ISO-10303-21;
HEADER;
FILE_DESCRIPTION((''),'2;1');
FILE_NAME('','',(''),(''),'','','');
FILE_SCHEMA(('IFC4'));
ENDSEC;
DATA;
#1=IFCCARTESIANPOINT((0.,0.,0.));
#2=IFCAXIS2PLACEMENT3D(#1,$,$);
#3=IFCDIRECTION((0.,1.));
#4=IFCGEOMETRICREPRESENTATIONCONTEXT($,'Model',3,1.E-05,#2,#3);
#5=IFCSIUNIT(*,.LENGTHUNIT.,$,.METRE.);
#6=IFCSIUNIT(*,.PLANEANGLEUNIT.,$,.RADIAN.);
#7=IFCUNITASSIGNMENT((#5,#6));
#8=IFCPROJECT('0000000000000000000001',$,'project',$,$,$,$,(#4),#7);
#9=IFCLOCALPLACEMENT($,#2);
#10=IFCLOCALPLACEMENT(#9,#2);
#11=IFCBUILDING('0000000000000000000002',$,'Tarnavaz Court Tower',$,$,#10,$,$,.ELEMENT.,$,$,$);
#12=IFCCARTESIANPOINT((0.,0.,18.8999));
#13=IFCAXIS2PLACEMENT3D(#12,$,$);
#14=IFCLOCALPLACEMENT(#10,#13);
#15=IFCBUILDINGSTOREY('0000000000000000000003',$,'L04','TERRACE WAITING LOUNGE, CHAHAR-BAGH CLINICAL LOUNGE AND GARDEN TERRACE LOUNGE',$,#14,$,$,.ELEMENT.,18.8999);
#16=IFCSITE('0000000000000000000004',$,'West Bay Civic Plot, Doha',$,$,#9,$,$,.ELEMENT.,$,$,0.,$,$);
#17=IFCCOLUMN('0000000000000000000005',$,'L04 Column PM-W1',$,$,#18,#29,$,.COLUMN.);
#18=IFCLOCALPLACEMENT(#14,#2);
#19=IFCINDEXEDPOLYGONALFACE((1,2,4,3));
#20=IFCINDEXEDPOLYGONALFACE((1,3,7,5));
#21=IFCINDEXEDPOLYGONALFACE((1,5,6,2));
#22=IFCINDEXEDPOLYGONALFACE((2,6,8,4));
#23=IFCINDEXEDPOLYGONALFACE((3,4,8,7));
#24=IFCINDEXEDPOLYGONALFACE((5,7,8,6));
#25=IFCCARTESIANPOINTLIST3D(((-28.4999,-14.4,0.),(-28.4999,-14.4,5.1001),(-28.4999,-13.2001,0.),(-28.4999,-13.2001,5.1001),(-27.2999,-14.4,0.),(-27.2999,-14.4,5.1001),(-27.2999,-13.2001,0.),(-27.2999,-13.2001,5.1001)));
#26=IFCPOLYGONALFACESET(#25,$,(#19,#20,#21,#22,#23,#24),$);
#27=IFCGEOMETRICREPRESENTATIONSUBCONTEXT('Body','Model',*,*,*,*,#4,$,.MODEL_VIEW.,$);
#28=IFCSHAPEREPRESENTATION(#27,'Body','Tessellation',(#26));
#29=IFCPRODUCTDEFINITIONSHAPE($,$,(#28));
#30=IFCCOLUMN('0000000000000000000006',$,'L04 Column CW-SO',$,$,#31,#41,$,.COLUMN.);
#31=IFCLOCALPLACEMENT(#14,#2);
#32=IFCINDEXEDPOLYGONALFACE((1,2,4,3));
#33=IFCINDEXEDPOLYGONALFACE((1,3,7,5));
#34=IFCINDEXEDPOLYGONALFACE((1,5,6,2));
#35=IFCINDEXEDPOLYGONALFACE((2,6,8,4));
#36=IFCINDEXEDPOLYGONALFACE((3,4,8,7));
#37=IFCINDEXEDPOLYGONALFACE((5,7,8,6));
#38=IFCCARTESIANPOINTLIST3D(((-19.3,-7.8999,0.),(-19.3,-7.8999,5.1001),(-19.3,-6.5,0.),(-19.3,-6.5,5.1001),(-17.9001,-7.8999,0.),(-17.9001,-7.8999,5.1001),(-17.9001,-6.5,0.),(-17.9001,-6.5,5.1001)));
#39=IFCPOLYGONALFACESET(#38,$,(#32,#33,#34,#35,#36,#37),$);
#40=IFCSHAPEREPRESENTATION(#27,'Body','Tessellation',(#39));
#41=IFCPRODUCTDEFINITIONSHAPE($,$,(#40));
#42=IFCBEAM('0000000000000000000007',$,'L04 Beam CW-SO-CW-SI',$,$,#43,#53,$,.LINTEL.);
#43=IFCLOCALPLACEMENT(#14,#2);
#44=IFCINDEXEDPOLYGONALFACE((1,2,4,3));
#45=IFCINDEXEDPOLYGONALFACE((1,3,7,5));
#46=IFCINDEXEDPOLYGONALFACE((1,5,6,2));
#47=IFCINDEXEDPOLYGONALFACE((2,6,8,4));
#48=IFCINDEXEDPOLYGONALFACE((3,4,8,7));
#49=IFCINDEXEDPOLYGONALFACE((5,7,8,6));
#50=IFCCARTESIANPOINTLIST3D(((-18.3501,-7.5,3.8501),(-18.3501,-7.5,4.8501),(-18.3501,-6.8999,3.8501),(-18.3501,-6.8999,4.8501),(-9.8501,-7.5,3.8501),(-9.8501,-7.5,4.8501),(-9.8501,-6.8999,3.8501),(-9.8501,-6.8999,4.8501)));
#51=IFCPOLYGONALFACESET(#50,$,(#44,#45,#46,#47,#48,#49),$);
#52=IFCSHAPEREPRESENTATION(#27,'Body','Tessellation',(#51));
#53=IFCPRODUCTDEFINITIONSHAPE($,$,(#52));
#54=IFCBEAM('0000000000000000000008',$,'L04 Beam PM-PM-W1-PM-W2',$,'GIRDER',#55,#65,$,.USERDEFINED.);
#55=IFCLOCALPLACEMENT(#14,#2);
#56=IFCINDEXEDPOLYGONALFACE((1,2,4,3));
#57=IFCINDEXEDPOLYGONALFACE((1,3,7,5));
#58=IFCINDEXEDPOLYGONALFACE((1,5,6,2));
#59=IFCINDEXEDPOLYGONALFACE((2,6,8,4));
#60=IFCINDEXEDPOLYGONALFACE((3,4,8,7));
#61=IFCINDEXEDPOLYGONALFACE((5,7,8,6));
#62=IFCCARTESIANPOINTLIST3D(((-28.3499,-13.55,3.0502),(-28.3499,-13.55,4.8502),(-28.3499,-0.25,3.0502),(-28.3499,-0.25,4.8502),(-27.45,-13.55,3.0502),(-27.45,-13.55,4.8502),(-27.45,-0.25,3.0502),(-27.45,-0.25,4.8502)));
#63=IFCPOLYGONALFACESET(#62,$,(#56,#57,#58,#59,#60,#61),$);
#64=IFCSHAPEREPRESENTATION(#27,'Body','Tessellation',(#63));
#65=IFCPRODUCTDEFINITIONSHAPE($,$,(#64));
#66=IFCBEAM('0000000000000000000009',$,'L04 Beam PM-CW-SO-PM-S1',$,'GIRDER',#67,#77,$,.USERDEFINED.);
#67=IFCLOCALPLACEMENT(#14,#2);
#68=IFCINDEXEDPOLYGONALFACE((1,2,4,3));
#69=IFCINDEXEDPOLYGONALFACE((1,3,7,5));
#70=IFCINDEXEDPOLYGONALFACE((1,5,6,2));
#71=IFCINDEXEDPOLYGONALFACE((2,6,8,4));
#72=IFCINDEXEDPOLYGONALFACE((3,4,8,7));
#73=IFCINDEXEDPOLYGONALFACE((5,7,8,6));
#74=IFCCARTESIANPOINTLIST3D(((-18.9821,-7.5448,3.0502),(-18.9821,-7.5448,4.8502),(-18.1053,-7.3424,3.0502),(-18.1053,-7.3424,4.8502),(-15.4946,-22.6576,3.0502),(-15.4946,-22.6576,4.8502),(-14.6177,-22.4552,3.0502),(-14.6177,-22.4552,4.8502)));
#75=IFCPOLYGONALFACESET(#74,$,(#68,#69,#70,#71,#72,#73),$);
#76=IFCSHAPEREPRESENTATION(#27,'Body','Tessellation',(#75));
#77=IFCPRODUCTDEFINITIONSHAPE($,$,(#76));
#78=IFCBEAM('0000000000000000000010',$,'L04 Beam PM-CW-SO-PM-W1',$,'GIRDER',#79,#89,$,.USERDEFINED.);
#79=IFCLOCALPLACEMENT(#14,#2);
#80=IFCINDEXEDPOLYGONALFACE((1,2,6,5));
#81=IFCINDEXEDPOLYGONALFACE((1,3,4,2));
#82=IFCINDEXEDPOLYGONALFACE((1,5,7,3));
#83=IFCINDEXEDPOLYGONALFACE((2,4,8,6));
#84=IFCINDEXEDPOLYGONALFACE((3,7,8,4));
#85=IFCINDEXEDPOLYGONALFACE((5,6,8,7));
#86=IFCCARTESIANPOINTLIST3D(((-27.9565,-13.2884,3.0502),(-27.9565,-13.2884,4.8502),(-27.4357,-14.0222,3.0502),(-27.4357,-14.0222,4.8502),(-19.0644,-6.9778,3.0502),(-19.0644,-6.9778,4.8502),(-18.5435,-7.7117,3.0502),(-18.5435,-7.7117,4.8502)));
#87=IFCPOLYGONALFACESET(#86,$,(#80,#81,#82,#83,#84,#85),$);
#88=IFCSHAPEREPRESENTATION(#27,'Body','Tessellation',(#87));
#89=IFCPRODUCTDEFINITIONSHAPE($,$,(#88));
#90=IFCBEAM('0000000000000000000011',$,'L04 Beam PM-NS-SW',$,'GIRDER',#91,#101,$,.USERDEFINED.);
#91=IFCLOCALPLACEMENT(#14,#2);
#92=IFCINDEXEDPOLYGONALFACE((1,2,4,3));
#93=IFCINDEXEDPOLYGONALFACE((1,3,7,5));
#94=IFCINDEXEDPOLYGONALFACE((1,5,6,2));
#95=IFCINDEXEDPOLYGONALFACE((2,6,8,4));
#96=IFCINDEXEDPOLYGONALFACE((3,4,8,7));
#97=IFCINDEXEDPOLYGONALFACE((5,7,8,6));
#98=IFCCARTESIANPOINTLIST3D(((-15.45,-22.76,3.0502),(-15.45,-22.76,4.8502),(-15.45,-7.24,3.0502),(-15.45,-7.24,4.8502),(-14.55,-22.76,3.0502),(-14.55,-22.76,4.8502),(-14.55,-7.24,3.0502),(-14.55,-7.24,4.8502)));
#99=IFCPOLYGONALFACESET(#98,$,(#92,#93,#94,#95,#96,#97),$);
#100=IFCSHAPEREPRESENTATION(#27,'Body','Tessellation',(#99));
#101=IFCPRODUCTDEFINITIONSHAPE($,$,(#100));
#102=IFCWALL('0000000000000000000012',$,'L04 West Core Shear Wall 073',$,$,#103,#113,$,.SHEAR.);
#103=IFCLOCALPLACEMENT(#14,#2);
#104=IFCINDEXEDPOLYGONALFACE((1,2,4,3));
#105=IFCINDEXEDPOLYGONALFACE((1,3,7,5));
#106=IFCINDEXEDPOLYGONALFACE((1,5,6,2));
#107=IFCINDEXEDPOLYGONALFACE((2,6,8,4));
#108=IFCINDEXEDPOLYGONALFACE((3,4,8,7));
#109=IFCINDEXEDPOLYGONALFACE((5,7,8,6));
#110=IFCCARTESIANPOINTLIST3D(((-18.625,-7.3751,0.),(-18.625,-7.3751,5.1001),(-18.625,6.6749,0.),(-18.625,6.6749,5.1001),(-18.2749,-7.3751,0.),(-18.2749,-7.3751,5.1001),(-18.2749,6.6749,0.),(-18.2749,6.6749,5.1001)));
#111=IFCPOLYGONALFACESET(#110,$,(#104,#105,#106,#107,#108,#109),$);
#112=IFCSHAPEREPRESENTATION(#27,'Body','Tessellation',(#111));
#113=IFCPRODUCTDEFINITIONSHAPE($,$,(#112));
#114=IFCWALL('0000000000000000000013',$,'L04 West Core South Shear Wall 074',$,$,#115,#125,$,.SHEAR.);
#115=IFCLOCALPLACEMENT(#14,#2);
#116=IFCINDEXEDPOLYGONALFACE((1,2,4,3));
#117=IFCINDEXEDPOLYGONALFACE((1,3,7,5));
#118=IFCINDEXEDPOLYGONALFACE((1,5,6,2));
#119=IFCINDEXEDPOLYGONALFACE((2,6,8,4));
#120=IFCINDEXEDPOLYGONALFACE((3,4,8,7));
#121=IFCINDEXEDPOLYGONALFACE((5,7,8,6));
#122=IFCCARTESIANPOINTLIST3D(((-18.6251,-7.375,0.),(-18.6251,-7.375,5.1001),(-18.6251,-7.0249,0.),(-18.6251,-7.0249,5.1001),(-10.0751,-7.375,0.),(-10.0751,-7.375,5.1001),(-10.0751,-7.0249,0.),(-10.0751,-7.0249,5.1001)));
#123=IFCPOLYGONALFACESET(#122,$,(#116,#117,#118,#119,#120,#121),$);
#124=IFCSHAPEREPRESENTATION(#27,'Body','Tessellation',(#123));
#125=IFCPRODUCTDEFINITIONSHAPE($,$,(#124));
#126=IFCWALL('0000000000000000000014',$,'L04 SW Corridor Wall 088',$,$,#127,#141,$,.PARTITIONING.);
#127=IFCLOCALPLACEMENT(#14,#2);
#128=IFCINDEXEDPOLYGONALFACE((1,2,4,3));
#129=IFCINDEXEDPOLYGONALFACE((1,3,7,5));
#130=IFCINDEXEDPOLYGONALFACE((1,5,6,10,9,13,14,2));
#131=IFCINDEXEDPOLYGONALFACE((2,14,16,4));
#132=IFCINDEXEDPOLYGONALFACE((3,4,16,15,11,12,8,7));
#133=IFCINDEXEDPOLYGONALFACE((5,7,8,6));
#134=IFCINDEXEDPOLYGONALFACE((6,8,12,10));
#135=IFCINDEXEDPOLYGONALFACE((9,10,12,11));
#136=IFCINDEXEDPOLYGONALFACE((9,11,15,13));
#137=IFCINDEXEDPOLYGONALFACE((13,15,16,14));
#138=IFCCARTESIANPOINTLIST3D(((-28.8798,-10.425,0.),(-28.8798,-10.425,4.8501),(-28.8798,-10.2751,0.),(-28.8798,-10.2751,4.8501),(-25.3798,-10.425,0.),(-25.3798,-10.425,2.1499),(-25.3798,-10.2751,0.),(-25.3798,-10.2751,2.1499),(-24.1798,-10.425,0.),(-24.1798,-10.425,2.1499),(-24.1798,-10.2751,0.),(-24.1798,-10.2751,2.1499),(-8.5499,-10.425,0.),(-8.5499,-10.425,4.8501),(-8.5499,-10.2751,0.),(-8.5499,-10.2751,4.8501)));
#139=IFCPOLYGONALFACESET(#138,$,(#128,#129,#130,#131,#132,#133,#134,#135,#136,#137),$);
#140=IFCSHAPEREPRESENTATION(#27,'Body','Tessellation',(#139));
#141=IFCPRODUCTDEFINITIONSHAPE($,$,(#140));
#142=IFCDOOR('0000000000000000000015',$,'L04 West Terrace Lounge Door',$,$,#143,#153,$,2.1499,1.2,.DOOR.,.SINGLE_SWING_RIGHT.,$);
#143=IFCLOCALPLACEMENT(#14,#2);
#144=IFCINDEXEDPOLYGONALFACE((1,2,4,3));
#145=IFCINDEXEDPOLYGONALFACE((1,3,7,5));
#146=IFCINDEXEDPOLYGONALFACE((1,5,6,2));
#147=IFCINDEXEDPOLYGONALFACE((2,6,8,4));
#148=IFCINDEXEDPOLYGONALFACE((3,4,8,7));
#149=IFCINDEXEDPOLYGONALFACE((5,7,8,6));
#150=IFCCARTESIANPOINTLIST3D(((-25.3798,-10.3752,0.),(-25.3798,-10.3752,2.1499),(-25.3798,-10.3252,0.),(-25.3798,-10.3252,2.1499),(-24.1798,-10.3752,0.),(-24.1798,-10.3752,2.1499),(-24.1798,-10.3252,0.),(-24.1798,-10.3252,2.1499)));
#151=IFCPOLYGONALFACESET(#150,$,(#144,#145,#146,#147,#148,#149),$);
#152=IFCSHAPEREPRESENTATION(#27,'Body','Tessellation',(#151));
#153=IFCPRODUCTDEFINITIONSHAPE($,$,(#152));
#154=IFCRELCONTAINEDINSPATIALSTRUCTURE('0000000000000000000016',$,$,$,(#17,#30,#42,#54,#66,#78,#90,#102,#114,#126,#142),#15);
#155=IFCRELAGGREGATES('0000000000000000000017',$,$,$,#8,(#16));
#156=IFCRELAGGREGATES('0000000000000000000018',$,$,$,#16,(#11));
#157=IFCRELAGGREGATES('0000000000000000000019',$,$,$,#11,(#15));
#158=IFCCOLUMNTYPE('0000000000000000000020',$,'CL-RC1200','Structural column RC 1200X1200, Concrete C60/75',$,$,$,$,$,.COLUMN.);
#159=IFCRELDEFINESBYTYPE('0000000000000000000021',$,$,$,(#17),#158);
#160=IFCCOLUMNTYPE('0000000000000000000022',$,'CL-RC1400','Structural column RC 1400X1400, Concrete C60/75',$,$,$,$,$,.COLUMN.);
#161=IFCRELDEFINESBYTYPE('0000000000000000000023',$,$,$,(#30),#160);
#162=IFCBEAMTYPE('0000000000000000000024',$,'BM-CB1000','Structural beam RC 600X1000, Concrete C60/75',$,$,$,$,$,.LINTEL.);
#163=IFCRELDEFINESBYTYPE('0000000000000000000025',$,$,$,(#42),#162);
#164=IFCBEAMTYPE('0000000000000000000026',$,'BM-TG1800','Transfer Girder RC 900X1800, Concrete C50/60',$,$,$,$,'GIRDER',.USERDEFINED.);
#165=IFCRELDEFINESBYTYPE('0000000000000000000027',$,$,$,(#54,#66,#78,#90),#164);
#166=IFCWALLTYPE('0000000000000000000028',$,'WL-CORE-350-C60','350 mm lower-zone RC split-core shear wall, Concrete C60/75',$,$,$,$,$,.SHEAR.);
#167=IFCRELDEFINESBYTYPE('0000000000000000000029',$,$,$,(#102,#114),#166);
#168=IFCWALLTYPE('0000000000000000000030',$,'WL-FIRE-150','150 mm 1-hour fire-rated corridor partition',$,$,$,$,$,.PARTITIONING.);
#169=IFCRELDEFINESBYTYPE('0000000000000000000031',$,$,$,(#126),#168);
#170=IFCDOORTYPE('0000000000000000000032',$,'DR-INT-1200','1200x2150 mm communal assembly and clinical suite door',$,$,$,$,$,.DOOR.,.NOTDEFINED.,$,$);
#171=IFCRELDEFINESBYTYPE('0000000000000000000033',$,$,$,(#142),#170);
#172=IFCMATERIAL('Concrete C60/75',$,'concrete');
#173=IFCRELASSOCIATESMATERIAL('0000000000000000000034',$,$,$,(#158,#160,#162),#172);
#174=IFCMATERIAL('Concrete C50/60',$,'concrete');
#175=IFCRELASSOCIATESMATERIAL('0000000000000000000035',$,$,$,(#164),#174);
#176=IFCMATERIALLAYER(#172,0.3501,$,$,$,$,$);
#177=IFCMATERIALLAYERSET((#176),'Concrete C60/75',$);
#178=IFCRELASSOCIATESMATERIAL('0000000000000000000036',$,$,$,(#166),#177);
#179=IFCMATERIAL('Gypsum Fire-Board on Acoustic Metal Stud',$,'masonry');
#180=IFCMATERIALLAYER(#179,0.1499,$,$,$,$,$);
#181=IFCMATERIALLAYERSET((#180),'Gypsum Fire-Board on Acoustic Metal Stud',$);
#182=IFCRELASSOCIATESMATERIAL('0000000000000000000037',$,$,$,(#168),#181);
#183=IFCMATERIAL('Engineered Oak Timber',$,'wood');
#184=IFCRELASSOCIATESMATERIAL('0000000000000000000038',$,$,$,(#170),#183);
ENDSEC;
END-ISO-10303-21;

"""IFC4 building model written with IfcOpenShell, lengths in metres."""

from ifc_helpers import new_model, si_unit, direction, frame, frame_2d, origin, origin_2d, place, context, subcontext, project, spatial, rectangle, extrude, material, layer, layer_set, material_profile, profile_set, type_object, element, fill, save


model = new_model("IFC4")

# Units and contexts
model_context = context("Model", 3, precision=1e-05, world=origin(), true_north=direction((0.0, 1.0)))
body_context = subcontext(model_context, "Body", "Model", "MODEL_VIEW")
ifc_project = project(units=[si_unit("LENGTHUNIT", "METRE"), si_unit("PLANEANGLEUNIT", "RADIAN")], contexts=[model_context])

# Site, building, storey
site_placement = place(None, origin())
site = spatial("IfcSite", under=ifc_project, at=site_placement, Name="West Bay Civic Plot, Doha", CompositionType="ELEMENT", RefElevation=0.0)
building_placement = place(site_placement, origin())
building = spatial("IfcBuilding", under=site, at=building_placement, Name="Tarnavaz Court Tower", CompositionType="ELEMENT")
storey_placement = place(building_placement, frame((0.0, 0.0, 18.8999)))
storey = spatial("IfcBuildingStorey", under=building, at=storey_placement, Name="L04", Description="TERRACE WAITING LOUNGE, CHAHAR-BAGH CLINICAL LOUNGE AND GARDEN TERRACE LOUNGE", CompositionType="ELEMENT", Elevation=18.8999)

# Columns
ifc_material_1 = material(Name="Concrete C60/75", Category="concrete")
ifc_material_profile_1 = material_profile(ifc_material_1, rectangle(XDim=1.2, YDim=1.2, at=origin_2d()), Name="RC 1200X1200")
ifc_profile_set_1 = profile_set([ifc_material_profile_1], Name="Concrete C60/75")
column_type_1 = type_object("IfcColumnType", Name="CL-RC1200", Description="Structural column RC 1200X1200, Concrete C60/75", PredefinedType="COLUMN", material=ifc_profile_set_1)
column_1_placement = place(storey_placement, frame((-27.8999, -13.8, 0.0), z_axis=(0.0, 0.0, 1.0), x_axis=(1.0, 0.0, 0.0)))
element("IfcColumn", 1, at=column_1_placement, inside=storey, type_object=column_type_1, Name="L04 Column PM-W1", PredefinedType="COLUMN", context=body_context, shape_type="SweptSolid", body=[
    extrude(rectangle(XDim=1.2, YDim=1.2, at=origin_2d()), origin(), (0.0, 0.0, 1.0), 5.1001),
])
ifc_material_profile_2 = material_profile(ifc_material_1, rectangle(XDim=1.3999, YDim=1.3999, at=origin_2d()), Name="RC 1400X1400")
ifc_profile_set_2 = profile_set([ifc_material_profile_2], Name="Concrete C60/75")
column_type_2 = type_object("IfcColumnType", Name="CL-RC1400", Description="Structural column RC 1400X1400, Concrete C60/75", PredefinedType="COLUMN", material=ifc_profile_set_2)
column_2_placement = place(storey_placement, frame((-18.6001, -7.2, 0.0), z_axis=(0.0, 0.0, 1.0), x_axis=(1.0, 0.0, 0.0)))
element("IfcColumn", 2, at=column_2_placement, inside=storey, type_object=column_type_2, Name="L04 Column CW-SO", PredefinedType="COLUMN", context=body_context, shape_type="SweptSolid", body=[
    extrude(rectangle(XDim=1.3999, YDim=1.3999, at=origin_2d()), origin(), (0.0, 0.0, 1.0), 5.1001),
])

# Beams
ifc_material_profile_3 = material_profile(ifc_material_1, rectangle(XDim=0.6001, YDim=1.0, at=origin_2d()), Name="RC 600X1000")
ifc_profile_set_3 = profile_set([ifc_material_profile_3], Name="Concrete C60/75")
beam_type_1 = type_object("IfcBeamType", Name="BM-CB1000", Description="Structural beam RC 600X1000, Concrete C60/75", PredefinedType="LINTEL", material=ifc_profile_set_3)
beam_1_placement = place(storey_placement, frame((-18.3501, -7.2, 4.3501), z_axis=(1.0, 0.0, 0.0), x_axis=(0.0, 1.0, 0.0)))
element("IfcBeam", 3, at=beam_1_placement, inside=storey, type_object=beam_type_1, Name="L04 Beam CW-SO-CW-SI", PredefinedType="LINTEL", context=body_context, shape_type="SweptSolid", body=[
    extrude(rectangle(XDim=0.6001, YDim=1.0, at=origin_2d()), origin(), (0.0, 0.0, 1.0), 8.5),
])
ifc_material_2 = material(Name="Concrete C50/60", Category="concrete")
ifc_material_profile_4 = material_profile(ifc_material_2, rectangle(XDim=0.8999, YDim=1.8, at=origin_2d()), Name="RC 900X1800")
ifc_profile_set_4 = profile_set([ifc_material_profile_4], Name="Concrete C50/60")
beam_type_2 = type_object("IfcBeamType", Name="BM-TG1800", Description="Transfer Girder RC 900X1800, Concrete C50/60", ElementType="GIRDER", PredefinedType="USERDEFINED", material=ifc_profile_set_4)
beam_2_placement = place(storey_placement, frame((-27.8999, -13.55, 3.9502), z_axis=(0.0, 1.0, 0.0), x_axis=(-1.0, 0.0, 0.0)))
element("IfcBeam", 4, at=beam_2_placement, inside=storey, type_object=beam_type_2, Name="L04 Beam PM-PM-W1-PM-W2", ObjectType="GIRDER", PredefinedType="USERDEFINED", context=body_context, shape_type="SweptSolid", body=[
    extrude(rectangle(XDim=0.8999, YDim=1.8, at=origin_2d()), origin(), (0.0, 0.0, 1.0), 13.3),
])
beam_3_placement = place(storey_placement, frame((-18.5437, -7.4436, 3.9502), z_axis=(0.224858, -0.974391, 0.0), x_axis=(0.974391, 0.224858, 0.0)))
element("IfcBeam", 5, at=beam_3_placement, inside=storey, type_object=beam_type_2, Name="L04 Beam PM-CW-SO-PM-S1", ObjectType="GIRDER", PredefinedType="USERDEFINED", context=body_context, shape_type="SweptSolid", body=[
    extrude(rectangle(XDim=0.8999, YDim=1.8, at=origin_2d()), origin(), (0.0, 0.0, 1.0), 15.51),
])
beam_4_placement = place(storey_placement, frame((-18.804, -7.3447, 3.9502), z_axis=(-0.815506, -0.578749, 0.0), x_axis=(0.578749, -0.815506, 0.0)))
element("IfcBeam", 6, at=beam_4_placement, inside=storey, type_object=beam_type_2, Name="L04 Beam PM-CW-SO-PM-W1", ObjectType="GIRDER", PredefinedType="USERDEFINED", context=body_context, shape_type="SweptSolid", body=[
    extrude(rectangle(XDim=0.8999, YDim=1.8, at=origin_2d()), origin(), (0.0, 0.0, 1.0), 10.9038),
])
beam_5_placement = place(storey_placement, frame((-15.0, -7.24, 3.9502), z_axis=(0.0, -1.0, 0.0), x_axis=(1.0, 0.0, 0.0)))
element("IfcBeam", 7, at=beam_5_placement, inside=storey, type_object=beam_type_2, Name="L04 Beam PM-NS-SW", ObjectType="GIRDER", PredefinedType="USERDEFINED", context=body_context, shape_type="SweptSolid", body=[
    extrude(rectangle(XDim=0.8999, YDim=1.8, at=origin_2d()), origin(), (0.0, 0.0, 1.0), 15.52),
])

# Walls
ifc_layer_1 = layer(ifc_material_1, 0.3501)
ifc_layer_set_1 = layer_set([ifc_layer_1], Name="Concrete C60/75")
wall_type_1 = type_object("IfcWallType", Name="WL-CORE-350-C60", Description="350 mm lower-zone RC split-core shear wall, Concrete C60/75", PredefinedType="SHEAR", material=ifc_layer_set_1)
wall_1_placement = place(storey_placement, frame((-18.45, -7.375, 0.0), z_axis=(0.0, 0.0, 1.0), x_axis=(0.0, 1.0, 0.0)))
element("IfcWall", 8, at=wall_1_placement, inside=storey, type_object=wall_type_1, Name="L04 West Core Shear Wall 073", PredefinedType="SHEAR", context=body_context, shape_type="SweptSolid", body=[
    extrude(rectangle(XDim=14.05, YDim=0.3501, at=frame_2d((7.0249, 0.0))), origin(), (0.0, 0.0, 1.0), 5.1001),
])
wall_2_placement = place(storey_placement, frame((-18.625, -7.2, 0.0), z_axis=(0.0, 0.0, 1.0), x_axis=(1.0, 0.0, 0.0)))
element("IfcWall", 9, at=wall_2_placement, inside=storey, type_object=wall_type_1, Name="L04 West Core South Shear Wall 074", PredefinedType="SHEAR", context=body_context, shape_type="SweptSolid", body=[
    extrude(rectangle(XDim=8.55, YDim=0.3501, at=frame_2d((4.2749, 0.0))), origin(), (0.0, 0.0, 1.0), 5.1001),
])

# Wall, opening, door
ifc_material_3 = material(Name="Gypsum Fire-Board on Acoustic Metal Stud", Category="masonry")
ifc_layer_2 = layer(ifc_material_3, 0.1499)
ifc_layer_set_2 = layer_set([ifc_layer_2], Name="Gypsum Fire-Board on Acoustic Metal Stud")
wall_type_2 = type_object("IfcWallType", Name="WL-FIRE-150", Description="150 mm 1-hour fire-rated corridor partition", PredefinedType="PARTITIONING", material=ifc_layer_set_2)
wall_3_placement = place(storey_placement, frame((-28.8799, -10.3501, 0.0), z_axis=(0.0, 0.0, 1.0), x_axis=(1.0, 0.0, 0.0)))
wall_3 = element("IfcWall", 10, at=wall_3_placement, inside=storey, type_object=wall_type_2, Name="L04 SW Corridor Wall 088", PredefinedType="PARTITIONING", context=body_context, shape_type="SweptSolid", body=[
    extrude(rectangle(XDim=20.3298, YDim=0.1499, at=frame_2d((10.165, 0.0))), origin(), (0.0, 0.0, 1.0), 4.8501),
])
opening_1_placement = place(wall_3_placement, frame((3.5, 0.0, 0.0)))
opening_1 = element("IfcOpeningElement", 11, at=opening_1_placement, cuts=wall_3, PredefinedType="OPENING", context=body_context, shape_type="SweptSolid", body=[
    extrude(rectangle(XDim=1.2, YDim=2.1499, at=frame_2d((0.6001, 1.075))), frame((0.0, 0.085, 0.0), z_axis=(0.0, -1.0, 0.0), x_axis=(1.0, 0.0, 0.0)), (0.0, 0.0, 1.0), 0.1699),
])
ifc_material_4 = material(Name="Engineered Oak Timber", Category="wood")
door_type_1 = type_object("IfcDoorType", Name="DR-INT-1200", Description="1200x2150 mm communal assembly and clinical suite door", OperationType="NOTDEFINED", PredefinedType="DOOR", material=ifc_material_4)
door_1_placement = place(opening_1_placement, origin())
door_1 = element("IfcDoor", 12, at=door_1_placement, inside=storey, type_object=door_type_1, Name="L04 West Terrace Lounge Door", OperationType="SINGLE_SWING_RIGHT", OverallHeight=2.1499, OverallWidth=1.2, PredefinedType="DOOR", context=body_context, shape_type="SweptSolid", body=[
    extrude(rectangle(XDim=1.2, YDim=2.1499, at=frame_2d((0.6001, 1.075))), frame((0.0, 0.0249, 0.0), z_axis=(0.0, -1.0, 0.0), x_axis=(1.0, 0.0, 0.0)), (0.0, 0.0, 1.0), 0.05),
])
fill(opening_1, door_1)

save(model, "model.ifc")
